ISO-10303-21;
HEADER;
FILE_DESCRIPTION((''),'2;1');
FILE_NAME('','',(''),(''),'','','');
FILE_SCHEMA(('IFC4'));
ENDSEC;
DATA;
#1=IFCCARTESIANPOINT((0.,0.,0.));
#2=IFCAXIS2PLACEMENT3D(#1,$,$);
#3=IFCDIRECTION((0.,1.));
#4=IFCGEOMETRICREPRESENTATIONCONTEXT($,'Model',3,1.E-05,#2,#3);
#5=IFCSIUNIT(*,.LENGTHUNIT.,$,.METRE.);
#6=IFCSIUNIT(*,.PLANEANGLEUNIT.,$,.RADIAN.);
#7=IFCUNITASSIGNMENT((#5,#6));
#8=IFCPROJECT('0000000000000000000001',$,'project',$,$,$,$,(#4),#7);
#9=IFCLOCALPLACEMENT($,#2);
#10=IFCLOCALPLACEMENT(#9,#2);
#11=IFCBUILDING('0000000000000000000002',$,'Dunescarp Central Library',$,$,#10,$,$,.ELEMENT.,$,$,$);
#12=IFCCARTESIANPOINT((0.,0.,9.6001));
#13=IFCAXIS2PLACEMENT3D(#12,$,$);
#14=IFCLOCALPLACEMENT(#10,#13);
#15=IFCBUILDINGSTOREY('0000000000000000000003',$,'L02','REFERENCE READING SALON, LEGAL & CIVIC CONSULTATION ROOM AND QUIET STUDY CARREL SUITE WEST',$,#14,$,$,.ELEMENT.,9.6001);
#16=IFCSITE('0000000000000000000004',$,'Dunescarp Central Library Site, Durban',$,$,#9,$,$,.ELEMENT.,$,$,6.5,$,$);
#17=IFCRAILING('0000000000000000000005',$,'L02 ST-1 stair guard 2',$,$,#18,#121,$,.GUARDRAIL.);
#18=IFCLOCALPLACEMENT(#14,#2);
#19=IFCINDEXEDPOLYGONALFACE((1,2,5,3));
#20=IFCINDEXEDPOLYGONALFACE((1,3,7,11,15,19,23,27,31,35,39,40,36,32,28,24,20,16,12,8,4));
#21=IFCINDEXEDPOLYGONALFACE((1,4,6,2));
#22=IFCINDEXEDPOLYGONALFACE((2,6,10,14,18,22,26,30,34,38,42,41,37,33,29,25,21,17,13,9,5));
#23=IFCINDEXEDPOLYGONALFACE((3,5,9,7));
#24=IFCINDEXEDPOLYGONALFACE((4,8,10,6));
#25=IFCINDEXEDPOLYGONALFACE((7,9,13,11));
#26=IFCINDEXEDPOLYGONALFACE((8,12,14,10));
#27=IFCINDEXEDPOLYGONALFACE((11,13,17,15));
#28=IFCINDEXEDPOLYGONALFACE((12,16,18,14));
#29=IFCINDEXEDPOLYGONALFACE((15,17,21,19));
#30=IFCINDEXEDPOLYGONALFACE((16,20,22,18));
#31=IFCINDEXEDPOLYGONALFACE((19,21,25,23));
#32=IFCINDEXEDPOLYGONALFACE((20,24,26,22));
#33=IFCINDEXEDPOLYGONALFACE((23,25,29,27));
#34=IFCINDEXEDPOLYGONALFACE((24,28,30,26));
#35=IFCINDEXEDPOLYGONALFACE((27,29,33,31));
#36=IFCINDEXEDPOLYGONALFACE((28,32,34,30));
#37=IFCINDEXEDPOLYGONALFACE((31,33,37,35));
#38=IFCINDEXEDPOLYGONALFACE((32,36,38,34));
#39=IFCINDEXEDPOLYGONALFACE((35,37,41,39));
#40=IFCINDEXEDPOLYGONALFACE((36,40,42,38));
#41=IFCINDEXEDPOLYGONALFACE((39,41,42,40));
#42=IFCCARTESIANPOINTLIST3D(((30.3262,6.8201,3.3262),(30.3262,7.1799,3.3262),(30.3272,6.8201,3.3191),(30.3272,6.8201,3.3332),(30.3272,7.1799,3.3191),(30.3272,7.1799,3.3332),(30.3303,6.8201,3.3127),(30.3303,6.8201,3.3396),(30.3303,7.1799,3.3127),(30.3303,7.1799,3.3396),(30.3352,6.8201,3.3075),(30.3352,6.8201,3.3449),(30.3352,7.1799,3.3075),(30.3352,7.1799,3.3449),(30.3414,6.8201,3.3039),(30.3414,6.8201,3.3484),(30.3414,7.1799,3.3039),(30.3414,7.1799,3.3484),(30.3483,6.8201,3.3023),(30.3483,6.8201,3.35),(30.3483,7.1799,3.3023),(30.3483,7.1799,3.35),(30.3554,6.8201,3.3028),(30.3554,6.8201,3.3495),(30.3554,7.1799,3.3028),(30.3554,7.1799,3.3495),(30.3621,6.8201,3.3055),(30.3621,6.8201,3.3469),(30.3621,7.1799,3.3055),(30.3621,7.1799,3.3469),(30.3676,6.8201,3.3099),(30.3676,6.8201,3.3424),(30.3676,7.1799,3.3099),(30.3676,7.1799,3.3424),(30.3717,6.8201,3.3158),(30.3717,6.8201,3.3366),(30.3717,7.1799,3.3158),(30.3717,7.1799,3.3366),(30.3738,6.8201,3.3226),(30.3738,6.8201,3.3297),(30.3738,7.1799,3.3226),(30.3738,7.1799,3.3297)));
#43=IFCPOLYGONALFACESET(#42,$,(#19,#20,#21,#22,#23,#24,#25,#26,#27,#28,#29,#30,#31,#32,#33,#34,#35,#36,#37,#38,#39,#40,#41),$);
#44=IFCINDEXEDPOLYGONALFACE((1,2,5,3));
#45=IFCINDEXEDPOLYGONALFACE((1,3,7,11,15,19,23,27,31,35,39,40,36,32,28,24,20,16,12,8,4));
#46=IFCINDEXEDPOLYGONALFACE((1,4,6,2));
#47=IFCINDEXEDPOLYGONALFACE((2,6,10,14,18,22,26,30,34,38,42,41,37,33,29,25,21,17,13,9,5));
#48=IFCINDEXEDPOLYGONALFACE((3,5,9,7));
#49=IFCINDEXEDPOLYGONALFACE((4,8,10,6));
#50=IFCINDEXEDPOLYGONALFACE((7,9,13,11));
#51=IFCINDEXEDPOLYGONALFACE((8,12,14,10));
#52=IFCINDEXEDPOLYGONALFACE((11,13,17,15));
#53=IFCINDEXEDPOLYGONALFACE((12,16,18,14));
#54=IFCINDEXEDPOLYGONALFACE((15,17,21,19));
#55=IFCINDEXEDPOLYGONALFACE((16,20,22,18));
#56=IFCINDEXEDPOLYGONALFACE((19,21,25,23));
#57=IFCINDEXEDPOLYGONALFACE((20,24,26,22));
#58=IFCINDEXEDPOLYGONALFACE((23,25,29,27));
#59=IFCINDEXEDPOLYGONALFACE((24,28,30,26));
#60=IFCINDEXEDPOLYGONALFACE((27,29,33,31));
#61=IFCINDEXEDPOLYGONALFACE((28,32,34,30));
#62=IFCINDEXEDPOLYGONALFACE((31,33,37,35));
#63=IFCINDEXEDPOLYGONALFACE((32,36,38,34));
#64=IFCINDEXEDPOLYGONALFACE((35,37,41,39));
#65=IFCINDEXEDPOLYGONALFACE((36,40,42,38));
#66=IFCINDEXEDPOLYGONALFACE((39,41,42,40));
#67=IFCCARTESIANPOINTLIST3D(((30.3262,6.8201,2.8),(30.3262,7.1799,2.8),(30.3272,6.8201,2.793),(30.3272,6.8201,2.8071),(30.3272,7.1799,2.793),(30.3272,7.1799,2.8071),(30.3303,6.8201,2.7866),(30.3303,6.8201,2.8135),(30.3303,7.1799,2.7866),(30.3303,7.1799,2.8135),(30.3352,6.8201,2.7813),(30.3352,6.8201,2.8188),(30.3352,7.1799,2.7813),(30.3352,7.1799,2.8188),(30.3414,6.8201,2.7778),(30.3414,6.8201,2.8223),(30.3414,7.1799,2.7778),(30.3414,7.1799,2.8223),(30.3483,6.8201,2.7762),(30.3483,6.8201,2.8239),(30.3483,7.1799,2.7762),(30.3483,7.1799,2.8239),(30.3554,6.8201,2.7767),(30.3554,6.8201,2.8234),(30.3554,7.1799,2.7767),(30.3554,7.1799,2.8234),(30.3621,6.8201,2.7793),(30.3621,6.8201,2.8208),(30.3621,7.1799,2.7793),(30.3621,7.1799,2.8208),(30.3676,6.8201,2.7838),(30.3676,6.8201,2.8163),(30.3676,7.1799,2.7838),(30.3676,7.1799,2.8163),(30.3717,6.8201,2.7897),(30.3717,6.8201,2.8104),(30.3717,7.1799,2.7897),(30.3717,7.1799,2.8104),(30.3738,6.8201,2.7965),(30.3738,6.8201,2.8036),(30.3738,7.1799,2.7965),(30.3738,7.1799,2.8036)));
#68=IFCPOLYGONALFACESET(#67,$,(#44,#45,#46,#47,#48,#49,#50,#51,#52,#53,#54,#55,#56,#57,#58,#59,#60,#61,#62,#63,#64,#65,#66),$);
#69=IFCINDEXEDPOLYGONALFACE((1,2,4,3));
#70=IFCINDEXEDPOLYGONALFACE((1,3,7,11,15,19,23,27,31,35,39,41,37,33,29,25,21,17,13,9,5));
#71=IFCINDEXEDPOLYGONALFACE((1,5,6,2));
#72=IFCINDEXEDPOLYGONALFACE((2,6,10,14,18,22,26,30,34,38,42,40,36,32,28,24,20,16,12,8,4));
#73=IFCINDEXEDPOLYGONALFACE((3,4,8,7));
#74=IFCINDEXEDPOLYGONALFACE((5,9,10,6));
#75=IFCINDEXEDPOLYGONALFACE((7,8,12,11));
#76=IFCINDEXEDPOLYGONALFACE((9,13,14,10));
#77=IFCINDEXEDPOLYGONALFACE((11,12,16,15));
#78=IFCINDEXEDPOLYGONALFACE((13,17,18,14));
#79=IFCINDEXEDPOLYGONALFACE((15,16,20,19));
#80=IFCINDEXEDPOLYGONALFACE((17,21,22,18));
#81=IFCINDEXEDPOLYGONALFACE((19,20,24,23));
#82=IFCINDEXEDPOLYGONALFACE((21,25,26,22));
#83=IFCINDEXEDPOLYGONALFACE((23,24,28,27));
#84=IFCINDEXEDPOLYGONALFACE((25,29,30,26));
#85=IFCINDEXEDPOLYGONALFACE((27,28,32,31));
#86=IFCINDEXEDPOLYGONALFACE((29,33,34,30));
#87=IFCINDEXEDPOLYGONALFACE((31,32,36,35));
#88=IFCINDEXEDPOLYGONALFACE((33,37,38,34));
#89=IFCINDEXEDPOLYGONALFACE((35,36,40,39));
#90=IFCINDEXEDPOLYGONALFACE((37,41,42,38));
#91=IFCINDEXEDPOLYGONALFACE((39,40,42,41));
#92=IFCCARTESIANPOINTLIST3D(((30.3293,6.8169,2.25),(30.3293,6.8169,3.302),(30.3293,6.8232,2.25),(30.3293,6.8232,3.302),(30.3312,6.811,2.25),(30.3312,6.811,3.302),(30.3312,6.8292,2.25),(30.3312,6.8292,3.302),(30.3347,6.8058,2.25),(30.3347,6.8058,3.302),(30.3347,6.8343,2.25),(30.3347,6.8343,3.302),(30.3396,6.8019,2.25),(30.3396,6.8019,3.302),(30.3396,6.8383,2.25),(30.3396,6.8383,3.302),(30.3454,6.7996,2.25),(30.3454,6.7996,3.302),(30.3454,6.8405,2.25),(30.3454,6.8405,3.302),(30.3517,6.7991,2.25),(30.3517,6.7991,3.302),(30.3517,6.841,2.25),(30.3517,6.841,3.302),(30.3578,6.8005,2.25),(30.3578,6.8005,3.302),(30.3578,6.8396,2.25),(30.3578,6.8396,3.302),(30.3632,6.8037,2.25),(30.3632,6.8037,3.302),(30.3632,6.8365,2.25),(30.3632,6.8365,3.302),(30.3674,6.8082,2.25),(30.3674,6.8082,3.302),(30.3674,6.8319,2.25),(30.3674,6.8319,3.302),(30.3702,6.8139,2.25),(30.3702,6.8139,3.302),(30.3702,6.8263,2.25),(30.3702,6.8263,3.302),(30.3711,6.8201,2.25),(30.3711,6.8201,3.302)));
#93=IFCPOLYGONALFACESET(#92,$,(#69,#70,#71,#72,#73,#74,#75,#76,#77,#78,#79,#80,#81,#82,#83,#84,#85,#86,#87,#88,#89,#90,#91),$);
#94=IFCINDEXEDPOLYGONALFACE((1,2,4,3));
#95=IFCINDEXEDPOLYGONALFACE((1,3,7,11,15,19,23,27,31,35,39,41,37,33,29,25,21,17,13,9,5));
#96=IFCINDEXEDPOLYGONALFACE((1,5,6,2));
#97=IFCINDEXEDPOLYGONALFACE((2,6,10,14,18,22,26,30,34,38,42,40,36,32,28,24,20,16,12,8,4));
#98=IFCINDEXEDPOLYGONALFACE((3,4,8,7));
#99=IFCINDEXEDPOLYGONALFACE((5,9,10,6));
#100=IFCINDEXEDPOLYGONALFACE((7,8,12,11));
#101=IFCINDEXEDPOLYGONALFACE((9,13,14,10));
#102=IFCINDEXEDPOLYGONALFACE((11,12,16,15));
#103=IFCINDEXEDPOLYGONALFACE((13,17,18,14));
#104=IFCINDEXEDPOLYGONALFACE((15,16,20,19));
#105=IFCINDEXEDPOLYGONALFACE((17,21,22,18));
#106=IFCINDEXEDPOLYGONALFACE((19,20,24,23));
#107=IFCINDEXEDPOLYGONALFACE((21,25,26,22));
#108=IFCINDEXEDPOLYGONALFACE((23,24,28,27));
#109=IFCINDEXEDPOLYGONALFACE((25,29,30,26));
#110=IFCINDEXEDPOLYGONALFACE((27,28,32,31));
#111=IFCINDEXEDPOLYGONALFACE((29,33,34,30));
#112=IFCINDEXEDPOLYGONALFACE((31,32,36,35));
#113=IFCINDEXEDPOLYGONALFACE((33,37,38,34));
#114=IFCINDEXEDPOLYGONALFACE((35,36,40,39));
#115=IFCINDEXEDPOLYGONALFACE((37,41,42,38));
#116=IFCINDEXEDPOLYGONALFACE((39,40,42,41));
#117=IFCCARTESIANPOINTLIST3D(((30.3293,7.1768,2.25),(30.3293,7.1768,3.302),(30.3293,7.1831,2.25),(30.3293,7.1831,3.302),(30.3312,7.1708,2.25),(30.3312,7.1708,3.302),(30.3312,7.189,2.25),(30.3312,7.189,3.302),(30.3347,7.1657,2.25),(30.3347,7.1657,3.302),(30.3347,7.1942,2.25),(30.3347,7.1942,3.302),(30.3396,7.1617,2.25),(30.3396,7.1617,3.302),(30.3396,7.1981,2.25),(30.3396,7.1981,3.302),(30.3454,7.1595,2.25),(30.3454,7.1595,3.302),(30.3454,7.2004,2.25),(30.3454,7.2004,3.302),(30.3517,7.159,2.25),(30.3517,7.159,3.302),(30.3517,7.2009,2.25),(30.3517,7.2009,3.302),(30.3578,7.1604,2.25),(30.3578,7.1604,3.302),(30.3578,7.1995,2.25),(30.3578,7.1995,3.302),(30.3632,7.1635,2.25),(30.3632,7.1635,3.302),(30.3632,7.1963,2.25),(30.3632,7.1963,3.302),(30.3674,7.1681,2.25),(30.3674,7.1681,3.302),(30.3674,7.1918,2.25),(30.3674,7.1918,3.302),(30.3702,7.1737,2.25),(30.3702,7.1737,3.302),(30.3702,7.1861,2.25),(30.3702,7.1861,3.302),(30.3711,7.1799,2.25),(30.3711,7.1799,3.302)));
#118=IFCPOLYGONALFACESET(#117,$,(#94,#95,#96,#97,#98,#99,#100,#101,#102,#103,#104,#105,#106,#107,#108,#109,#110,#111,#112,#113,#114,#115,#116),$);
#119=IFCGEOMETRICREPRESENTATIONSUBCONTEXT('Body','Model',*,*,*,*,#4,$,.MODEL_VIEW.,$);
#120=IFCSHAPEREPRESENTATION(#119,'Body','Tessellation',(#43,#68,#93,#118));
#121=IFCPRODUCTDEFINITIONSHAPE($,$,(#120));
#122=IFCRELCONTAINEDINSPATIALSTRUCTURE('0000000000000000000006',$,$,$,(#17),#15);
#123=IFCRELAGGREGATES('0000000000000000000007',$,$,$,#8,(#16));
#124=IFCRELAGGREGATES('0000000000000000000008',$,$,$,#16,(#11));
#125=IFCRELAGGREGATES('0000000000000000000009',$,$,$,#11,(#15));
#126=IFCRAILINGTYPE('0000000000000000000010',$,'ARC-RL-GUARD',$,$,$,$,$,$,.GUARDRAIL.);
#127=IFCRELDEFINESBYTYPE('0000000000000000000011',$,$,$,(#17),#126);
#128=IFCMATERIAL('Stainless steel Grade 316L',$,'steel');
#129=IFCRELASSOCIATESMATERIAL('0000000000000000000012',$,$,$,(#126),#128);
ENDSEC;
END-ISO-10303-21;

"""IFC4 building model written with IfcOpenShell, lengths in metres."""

from ifc_helpers import new_model, si_unit, direction, frame, origin, origin_2d, place, context, subcontext, project, spatial, circle, extrude, material, type_object, element, save


model = new_model("IFC4")

# Units and contexts
model_context = context("Model", 3, precision=1e-05, world=origin(), true_north=direction((0.0, 1.0)))
body_context = subcontext(model_context, "Body", "Model", "MODEL_VIEW")
ifc_project = project(units=[si_unit("LENGTHUNIT", "METRE"), si_unit("PLANEANGLEUNIT", "RADIAN")], contexts=[model_context])

# Site, building, storey
site_placement = place(None, origin())
site = spatial("IfcSite", under=ifc_project, at=site_placement, Name="Dunescarp Central Library Site, Durban", CompositionType="ELEMENT", RefElevation=6.5)
building_placement = place(site_placement, origin())
building = spatial("IfcBuilding", under=site, at=building_placement, Name="Dunescarp Central Library", CompositionType="ELEMENT")
storey_placement = place(building_placement, frame((0.0, 0.0, 9.6001)))
storey = spatial("IfcBuildingStorey", under=building, at=storey_placement, Name="L02", Description="REFERENCE READING SALON, LEGAL & CIVIC CONSULTATION ROOM AND QUIET STUDY CARREL SUITE WEST", CompositionType="ELEMENT", Elevation=9.6001)

# Shared definitions
ifc_material_1 = material(Name="Stainless steel Grade 316L", Category="steel")

# Railing
railing_type_1 = type_object("IfcRailingType", Name="ARC-RL-GUARD", PredefinedType="GUARDRAIL", material=ifc_material_1)
railing_1_placement = place(storey_placement, frame((30.3501, 6.8201, 2.25)))
element("IfcRailing", 1, at=railing_1_placement, inside=storey, type_object=railing_type_1, Name="L02 ST-1 stair guard 2", PredefinedType="GUARDRAIL", context=body_context, shape_type="SweptSolid", body=[
    extrude(circle(Radius=0.0239, at=origin_2d()), frame((0.0, 0.0, 1.0762), z_axis=(0.0, 1.0, 0.0), x_axis=(-1.0, 0.0, 0.0)), (0.0, 0.0, 1.0), 0.3599),
    extrude(circle(Radius=0.0239, at=origin_2d()), frame((0.0, 0.0, 0.55), z_axis=(0.0, 1.0, 0.0), x_axis=(-1.0, 0.0, 0.0)), (0.0, 0.0, 1.0), 0.3599),
    extrude(circle(Radius=0.021, at=origin_2d()), origin(), (0.0, 0.0, 1.0), 1.052),
    extrude(circle(Radius=0.021, at=origin_2d()), frame((0.0, 0.3599, 0.0)), (0.0, 0.0, 1.0), 1.052),
])

save(model, "model.ifc")
